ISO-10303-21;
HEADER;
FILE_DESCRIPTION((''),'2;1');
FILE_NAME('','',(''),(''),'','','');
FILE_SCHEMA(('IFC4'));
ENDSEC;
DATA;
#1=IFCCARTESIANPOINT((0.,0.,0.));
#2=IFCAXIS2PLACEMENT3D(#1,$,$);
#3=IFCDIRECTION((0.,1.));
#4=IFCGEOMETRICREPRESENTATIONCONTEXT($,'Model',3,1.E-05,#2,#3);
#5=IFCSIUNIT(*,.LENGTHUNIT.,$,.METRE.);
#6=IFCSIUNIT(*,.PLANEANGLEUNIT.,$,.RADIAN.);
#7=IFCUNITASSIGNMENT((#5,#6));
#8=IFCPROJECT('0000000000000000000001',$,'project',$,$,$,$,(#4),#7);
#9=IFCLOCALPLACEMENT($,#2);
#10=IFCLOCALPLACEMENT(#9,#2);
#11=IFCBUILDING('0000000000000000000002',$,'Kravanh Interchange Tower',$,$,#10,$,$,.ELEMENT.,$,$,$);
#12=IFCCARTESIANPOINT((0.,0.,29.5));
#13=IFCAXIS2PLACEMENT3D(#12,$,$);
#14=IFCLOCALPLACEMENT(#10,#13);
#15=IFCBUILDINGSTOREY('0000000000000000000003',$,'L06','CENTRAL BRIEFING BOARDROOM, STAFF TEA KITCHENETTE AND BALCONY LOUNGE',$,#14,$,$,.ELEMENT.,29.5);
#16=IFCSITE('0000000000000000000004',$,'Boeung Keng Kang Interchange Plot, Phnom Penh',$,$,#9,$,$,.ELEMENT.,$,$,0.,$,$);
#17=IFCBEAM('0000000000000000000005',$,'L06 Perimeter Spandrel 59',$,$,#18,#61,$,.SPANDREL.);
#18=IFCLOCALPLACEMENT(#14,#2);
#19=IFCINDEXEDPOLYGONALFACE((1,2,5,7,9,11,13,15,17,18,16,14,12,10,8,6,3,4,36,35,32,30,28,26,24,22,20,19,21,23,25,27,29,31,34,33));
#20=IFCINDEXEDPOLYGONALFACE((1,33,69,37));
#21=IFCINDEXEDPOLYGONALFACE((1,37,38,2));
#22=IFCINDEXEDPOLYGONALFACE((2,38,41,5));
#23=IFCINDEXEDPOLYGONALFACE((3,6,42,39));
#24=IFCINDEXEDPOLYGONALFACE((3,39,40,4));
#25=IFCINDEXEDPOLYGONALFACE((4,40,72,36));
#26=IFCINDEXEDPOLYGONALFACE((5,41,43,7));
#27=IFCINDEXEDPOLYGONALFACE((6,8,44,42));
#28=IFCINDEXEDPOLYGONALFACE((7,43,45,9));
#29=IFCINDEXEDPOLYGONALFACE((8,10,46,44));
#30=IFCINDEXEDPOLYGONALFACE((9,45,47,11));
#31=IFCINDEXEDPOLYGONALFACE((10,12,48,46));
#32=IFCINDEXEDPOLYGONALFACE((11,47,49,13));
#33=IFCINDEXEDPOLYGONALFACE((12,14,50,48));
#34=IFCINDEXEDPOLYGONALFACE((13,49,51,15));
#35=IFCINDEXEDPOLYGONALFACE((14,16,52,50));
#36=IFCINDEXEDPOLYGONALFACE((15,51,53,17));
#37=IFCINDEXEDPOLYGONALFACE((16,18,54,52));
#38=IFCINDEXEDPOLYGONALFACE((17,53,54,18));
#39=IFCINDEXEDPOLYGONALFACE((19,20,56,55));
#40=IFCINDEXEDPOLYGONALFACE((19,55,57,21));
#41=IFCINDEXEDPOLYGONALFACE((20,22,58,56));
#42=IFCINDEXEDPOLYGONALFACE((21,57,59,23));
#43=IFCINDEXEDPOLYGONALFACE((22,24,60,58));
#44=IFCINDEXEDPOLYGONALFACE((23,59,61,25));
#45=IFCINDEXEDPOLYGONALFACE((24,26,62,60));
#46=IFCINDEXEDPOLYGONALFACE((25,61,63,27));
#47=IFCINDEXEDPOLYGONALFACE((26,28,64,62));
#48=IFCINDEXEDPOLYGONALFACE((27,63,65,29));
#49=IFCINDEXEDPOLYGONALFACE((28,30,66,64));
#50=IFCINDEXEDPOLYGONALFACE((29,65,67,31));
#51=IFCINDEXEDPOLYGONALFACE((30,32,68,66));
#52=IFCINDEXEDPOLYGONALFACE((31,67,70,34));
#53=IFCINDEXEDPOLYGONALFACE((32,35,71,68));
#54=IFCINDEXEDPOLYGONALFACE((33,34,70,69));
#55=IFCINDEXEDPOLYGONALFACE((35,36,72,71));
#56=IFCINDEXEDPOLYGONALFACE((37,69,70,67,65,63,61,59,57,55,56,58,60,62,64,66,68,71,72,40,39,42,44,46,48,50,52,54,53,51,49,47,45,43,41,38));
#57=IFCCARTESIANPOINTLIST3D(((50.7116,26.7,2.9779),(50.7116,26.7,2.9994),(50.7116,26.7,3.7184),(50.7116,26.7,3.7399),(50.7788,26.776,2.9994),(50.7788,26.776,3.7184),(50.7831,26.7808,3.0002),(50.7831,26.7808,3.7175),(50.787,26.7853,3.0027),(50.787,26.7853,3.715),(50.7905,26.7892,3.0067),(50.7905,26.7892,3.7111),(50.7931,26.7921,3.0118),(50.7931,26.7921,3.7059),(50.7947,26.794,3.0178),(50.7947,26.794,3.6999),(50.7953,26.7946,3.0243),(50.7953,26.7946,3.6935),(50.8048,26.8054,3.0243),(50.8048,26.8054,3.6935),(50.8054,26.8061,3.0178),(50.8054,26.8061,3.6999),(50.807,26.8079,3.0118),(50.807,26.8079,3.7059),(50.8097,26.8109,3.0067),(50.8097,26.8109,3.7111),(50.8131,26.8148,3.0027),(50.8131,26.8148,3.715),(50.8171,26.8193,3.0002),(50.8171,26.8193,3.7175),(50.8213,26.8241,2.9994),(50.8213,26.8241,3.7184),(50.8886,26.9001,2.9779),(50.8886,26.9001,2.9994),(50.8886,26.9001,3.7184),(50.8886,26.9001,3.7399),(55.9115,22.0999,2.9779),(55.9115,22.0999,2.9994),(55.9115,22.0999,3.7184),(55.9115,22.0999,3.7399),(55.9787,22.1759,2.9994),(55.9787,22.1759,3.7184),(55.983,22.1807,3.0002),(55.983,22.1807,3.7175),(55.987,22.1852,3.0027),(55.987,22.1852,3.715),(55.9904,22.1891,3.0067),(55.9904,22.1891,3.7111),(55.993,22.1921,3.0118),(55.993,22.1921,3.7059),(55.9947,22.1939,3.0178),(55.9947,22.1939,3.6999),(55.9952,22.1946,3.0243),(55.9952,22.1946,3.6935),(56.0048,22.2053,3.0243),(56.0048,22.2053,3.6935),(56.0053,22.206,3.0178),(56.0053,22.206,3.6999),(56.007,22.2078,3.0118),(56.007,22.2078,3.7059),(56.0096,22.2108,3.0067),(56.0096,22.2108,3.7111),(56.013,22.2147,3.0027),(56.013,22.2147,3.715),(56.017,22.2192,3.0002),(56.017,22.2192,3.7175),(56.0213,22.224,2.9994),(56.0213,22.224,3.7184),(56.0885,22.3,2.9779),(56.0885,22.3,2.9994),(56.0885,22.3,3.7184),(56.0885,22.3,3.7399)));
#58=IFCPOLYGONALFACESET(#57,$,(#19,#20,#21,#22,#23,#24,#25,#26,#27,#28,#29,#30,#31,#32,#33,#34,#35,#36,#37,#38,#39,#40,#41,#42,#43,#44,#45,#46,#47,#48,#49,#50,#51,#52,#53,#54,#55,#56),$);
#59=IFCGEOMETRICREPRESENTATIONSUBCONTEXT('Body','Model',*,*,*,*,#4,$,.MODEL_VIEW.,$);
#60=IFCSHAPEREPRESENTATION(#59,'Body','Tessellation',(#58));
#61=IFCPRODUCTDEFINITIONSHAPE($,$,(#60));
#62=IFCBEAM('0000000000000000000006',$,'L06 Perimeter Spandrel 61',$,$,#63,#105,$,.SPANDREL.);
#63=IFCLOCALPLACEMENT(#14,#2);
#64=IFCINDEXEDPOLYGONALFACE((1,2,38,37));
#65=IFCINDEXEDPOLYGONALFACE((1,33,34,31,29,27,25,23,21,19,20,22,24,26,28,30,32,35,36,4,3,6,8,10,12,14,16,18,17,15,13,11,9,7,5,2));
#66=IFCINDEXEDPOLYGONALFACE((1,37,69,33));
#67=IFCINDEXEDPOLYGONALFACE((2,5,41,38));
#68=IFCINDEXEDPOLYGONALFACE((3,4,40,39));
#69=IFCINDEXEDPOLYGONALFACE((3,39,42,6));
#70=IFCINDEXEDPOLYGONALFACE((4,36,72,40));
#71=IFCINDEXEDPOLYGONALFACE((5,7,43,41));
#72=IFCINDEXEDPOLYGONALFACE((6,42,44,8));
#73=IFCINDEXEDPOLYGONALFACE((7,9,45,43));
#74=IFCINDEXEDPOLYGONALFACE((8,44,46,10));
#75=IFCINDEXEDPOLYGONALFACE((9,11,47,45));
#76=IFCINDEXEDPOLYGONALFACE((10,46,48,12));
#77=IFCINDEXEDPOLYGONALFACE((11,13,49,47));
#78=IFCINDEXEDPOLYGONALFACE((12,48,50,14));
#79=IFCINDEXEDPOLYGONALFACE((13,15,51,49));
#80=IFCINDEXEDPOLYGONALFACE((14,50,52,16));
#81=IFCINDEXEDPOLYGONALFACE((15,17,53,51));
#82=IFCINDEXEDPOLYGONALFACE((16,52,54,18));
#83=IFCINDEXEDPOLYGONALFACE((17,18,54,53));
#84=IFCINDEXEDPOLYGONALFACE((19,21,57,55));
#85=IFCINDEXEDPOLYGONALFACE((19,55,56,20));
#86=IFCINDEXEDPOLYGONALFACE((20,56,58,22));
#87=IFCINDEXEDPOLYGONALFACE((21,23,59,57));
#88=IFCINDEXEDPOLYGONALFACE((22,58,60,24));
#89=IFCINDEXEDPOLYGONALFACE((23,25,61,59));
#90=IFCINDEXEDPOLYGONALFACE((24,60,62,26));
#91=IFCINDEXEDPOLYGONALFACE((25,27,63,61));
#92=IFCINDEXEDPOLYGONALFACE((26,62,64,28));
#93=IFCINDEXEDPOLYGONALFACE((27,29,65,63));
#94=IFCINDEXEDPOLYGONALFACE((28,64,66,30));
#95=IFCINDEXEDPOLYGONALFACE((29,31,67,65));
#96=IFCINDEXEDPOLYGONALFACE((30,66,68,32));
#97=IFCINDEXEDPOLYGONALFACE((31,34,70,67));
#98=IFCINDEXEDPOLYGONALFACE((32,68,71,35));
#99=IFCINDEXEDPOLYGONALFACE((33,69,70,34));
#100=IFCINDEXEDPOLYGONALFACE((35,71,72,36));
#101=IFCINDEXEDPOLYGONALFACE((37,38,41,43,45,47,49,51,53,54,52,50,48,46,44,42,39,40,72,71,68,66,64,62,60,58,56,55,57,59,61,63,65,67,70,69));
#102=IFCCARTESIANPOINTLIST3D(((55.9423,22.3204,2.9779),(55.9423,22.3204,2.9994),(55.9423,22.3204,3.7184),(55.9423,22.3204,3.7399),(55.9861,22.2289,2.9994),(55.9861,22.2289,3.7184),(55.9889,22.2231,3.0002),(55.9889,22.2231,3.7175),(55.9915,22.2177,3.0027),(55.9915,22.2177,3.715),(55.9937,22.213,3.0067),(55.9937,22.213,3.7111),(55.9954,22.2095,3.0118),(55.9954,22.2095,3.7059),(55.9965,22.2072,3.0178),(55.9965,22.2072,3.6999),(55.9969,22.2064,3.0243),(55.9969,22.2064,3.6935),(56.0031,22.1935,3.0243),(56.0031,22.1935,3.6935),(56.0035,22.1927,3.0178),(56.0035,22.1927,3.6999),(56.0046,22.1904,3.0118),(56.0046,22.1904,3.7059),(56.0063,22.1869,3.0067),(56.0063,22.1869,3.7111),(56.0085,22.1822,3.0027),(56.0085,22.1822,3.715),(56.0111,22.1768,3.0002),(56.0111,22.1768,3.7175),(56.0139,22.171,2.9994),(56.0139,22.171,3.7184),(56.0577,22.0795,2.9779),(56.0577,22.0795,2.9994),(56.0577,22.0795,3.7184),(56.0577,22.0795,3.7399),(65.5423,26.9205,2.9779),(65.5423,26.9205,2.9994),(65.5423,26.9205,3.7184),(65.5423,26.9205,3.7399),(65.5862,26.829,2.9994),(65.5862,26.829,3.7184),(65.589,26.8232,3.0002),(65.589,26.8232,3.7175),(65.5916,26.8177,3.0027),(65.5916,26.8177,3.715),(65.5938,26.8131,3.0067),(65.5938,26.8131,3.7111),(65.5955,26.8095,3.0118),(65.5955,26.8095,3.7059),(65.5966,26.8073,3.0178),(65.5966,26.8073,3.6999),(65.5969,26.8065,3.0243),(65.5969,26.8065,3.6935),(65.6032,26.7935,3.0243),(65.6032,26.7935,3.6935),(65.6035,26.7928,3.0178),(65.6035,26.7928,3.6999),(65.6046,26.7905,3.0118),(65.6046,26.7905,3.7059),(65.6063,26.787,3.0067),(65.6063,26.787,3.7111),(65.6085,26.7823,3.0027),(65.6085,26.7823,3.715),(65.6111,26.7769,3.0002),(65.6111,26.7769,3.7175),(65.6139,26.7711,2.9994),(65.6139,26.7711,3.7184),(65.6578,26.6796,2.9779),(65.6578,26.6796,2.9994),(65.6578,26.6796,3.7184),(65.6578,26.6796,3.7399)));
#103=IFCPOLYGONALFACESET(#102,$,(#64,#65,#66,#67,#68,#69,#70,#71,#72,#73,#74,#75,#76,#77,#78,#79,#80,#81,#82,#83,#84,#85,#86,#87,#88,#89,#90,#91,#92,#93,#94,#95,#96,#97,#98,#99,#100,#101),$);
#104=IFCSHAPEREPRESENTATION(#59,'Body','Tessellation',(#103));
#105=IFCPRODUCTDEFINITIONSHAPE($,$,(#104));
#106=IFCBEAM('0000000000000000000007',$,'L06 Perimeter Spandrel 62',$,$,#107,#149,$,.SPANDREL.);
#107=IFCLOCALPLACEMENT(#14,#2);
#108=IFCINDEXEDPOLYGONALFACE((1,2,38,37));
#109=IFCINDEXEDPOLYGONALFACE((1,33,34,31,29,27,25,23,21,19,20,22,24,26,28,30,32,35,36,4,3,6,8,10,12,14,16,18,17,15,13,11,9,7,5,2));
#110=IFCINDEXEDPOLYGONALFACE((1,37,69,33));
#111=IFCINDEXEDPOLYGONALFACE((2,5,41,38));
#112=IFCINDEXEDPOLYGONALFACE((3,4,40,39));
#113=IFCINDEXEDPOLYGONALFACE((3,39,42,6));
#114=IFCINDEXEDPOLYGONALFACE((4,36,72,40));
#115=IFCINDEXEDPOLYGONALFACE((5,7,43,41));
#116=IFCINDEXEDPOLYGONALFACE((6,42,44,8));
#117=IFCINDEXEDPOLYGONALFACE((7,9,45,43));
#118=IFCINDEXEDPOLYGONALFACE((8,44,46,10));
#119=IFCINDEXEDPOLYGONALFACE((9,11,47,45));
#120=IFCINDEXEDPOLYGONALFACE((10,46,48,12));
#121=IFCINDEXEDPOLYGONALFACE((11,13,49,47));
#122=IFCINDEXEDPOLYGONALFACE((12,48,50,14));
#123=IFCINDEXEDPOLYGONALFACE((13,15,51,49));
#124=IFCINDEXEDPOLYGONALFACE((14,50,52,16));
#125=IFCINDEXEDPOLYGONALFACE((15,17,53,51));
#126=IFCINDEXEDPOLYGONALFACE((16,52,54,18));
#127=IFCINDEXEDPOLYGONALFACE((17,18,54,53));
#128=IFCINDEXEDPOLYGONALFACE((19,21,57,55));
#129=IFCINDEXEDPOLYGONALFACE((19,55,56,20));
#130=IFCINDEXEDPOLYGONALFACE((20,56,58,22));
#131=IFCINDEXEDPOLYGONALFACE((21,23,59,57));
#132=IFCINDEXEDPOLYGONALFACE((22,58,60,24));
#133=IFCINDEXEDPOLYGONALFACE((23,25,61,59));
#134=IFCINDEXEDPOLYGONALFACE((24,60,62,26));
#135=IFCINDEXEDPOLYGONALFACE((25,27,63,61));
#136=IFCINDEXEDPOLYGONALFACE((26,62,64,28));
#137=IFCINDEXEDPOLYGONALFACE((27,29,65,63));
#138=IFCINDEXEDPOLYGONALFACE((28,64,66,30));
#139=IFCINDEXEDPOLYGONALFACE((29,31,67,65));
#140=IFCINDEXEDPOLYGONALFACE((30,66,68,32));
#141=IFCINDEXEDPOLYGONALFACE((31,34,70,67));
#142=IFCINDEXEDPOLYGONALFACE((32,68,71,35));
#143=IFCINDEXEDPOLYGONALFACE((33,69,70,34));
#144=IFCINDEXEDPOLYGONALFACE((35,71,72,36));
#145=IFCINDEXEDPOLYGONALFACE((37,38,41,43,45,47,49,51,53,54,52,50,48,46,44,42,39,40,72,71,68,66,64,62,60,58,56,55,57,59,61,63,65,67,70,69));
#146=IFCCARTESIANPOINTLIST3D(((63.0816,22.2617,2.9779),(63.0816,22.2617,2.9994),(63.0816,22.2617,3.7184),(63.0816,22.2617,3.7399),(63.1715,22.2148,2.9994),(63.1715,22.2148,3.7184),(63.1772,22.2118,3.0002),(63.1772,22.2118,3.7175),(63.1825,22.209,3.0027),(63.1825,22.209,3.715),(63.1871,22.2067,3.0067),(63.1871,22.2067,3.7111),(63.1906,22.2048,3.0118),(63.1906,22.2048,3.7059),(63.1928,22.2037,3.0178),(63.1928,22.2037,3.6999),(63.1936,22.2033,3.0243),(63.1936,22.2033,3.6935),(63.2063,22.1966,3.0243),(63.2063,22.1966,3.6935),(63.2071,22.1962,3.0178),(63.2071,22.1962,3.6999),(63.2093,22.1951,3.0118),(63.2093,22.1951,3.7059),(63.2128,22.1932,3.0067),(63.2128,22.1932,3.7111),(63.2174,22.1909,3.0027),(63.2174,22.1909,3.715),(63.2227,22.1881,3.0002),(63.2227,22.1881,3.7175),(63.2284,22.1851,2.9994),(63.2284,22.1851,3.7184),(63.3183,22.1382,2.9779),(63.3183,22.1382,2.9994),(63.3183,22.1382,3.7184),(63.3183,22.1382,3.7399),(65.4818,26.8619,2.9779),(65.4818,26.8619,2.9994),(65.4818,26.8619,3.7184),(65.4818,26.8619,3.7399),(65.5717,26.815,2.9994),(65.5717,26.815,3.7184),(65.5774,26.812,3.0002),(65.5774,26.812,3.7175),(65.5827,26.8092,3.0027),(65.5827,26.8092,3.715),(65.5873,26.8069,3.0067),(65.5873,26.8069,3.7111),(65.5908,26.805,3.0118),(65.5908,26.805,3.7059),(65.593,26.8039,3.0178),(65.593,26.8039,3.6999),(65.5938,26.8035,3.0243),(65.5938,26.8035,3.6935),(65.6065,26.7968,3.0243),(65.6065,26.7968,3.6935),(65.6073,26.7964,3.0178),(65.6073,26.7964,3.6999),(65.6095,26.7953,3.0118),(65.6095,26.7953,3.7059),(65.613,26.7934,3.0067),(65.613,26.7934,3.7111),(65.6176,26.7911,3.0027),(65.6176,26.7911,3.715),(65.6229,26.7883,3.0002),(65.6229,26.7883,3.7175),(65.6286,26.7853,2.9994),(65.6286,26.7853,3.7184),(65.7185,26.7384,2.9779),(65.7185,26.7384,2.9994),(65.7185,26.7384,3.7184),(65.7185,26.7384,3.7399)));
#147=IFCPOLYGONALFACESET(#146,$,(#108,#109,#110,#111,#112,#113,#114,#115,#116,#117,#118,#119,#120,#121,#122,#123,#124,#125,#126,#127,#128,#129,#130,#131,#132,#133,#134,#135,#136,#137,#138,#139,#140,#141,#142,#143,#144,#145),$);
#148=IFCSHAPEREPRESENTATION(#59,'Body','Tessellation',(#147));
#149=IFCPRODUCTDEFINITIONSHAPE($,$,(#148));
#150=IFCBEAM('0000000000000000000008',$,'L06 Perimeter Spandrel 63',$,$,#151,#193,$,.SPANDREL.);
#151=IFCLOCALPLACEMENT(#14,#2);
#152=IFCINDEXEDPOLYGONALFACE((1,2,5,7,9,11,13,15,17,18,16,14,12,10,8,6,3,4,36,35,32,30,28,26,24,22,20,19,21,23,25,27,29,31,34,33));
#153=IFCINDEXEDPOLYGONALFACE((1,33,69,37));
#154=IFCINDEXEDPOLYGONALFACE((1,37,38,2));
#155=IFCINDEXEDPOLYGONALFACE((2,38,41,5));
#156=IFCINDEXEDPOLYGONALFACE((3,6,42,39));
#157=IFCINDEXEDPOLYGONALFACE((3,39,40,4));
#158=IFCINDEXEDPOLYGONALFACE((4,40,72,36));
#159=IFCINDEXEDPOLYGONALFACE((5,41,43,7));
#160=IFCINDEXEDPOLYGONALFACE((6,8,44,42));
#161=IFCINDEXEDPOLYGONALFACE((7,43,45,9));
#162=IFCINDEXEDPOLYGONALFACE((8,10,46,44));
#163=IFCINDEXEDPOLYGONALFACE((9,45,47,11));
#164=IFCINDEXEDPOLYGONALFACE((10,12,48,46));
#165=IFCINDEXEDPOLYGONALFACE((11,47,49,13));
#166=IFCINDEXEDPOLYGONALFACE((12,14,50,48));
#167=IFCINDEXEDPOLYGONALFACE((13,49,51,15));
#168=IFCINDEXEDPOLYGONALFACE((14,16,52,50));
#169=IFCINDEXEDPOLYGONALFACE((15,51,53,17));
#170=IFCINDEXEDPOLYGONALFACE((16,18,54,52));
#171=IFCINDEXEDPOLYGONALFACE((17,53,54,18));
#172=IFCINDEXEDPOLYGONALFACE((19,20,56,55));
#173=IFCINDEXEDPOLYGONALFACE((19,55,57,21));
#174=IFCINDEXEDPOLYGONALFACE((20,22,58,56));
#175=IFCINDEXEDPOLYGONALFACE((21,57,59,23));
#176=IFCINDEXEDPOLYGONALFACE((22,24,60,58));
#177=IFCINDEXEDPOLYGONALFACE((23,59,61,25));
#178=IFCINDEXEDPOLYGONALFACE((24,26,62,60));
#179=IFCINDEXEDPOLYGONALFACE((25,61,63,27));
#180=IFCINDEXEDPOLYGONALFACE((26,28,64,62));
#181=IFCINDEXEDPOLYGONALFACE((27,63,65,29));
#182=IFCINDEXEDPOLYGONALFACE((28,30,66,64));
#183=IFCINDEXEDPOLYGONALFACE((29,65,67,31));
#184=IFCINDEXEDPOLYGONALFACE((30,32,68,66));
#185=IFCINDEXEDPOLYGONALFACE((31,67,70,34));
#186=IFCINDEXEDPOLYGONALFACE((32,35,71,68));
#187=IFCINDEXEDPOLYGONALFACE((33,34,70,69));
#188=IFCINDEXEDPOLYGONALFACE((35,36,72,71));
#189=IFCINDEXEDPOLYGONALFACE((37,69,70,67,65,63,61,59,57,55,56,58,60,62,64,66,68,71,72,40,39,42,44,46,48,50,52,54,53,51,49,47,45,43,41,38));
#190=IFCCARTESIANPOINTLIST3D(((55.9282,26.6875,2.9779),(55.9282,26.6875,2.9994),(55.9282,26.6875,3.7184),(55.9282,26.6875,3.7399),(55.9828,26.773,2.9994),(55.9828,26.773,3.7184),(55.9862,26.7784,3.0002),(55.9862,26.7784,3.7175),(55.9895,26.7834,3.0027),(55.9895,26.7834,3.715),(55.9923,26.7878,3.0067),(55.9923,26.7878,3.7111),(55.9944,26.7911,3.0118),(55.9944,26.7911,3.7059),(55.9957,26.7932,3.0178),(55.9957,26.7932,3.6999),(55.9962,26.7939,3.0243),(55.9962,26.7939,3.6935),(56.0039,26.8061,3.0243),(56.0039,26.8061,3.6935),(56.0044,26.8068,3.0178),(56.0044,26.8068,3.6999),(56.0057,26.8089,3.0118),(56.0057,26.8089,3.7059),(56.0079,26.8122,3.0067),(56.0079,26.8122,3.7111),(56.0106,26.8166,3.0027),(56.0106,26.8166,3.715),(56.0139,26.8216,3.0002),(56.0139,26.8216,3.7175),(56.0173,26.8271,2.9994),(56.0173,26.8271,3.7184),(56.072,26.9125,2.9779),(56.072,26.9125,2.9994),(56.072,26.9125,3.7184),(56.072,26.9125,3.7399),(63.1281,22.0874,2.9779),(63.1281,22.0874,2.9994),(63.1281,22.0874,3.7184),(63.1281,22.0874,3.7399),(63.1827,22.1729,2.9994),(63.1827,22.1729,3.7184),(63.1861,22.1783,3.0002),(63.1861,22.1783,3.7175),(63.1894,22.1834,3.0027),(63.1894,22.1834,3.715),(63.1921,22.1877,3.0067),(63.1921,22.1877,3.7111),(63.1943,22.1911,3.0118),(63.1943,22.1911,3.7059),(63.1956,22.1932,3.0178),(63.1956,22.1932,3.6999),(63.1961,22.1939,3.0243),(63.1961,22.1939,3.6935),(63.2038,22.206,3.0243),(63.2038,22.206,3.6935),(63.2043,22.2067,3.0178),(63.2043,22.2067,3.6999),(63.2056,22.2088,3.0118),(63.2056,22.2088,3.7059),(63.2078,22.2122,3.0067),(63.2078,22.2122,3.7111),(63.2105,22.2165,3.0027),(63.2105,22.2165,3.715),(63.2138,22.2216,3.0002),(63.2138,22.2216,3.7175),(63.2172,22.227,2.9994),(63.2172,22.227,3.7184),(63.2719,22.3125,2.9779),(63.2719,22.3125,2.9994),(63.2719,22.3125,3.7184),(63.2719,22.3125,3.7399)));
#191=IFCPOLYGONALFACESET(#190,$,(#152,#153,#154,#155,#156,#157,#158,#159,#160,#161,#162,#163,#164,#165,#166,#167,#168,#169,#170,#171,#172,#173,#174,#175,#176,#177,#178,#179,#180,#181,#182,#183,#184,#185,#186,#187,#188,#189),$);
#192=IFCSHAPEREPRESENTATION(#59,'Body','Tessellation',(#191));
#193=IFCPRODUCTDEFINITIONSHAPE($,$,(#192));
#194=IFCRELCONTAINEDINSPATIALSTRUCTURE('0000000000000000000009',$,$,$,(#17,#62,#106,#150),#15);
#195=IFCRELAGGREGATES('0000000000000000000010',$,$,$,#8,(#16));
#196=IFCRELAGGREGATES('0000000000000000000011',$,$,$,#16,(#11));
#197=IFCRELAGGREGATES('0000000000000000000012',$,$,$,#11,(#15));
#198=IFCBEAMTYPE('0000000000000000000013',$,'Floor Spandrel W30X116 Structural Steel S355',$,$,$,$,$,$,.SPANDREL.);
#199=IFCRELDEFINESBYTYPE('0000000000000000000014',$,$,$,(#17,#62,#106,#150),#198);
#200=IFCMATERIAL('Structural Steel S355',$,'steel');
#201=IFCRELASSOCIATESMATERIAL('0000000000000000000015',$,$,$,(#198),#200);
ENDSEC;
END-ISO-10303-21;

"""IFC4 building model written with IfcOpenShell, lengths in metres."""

from ifc_helpers import new_model, si_unit, direction, frame, origin, origin_2d, place, context, subcontext, project, spatial, i_section, extrude, material, material_profile, profile_set, type_object, element, save


model = new_model("IFC4")

# Units and contexts
model_context = context("Model", 3, precision=1e-05, world=origin(), true_north=direction((0.0, 1.0)))
body_context = subcontext(model_context, "Body", "Model", "MODEL_VIEW")
ifc_project = project(units=[si_unit("LENGTHUNIT", "METRE"), si_unit("PLANEANGLEUNIT", "RADIAN")], contexts=[model_context])

# Site, building, storey
site_placement = place(None, origin())
site = spatial("IfcSite", under=ifc_project, at=site_placement, Name="Boeung Keng Kang Interchange Plot, Phnom Penh", CompositionType="ELEMENT", RefElevation=0.0)
building_placement = place(site_placement, origin())
building = spatial("IfcBuilding", under=site, at=building_placement, Name="Kravanh Interchange Tower", CompositionType="ELEMENT")
storey_placement = place(building_placement, frame((0.0, 0.0, 29.5)))
storey = spatial("IfcBuildingStorey", under=building, at=storey_placement, Name="L06", Description="CENTRAL BRIEFING BOARDROOM, STAFF TEA KITCHENETTE AND BALCONY LOUNGE", CompositionType="ELEMENT", Elevation=29.5)

# Beams
ifc_material_1 = material(Name="Structural Steel S355", Category="steel")
ifc_material_profile_1 = material_profile(ifc_material_1, i_section(OverallWidth=0.2671, OverallDepth=0.762, WebThickness=0.0144, FlangeThickness=0.0215, FilletRadius=0.0249, at=origin_2d()), Name="W30X116")
ifc_profile_set_1 = profile_set([ifc_material_profile_1], Name="Structural Steel S355")
beam_type_1 = type_object("IfcBeamType", Name="Floor Spandrel W30X116 Structural Steel S355", PredefinedType="SPANDREL", material=ifc_profile_set_1)
beam_1_placement = place(storey_placement, frame((56.0, 22.2, 3.3589), z_axis=(-0.748986, 0.662585, 0.0), x_axis=(-0.662585, -0.748986, 0.0)))
element("IfcBeam", 1, at=beam_1_placement, inside=storey, type_object=beam_type_1, Name="L06 Perimeter Spandrel 59", PredefinedType="SPANDREL", context=body_context, shape_type="SweptSolid", body=[
    extrude(i_section(OverallWidth=0.2671, OverallDepth=0.762, WebThickness=0.0144, FlangeThickness=0.0215, FilletRadius=0.0249, at=origin_2d()), origin(), (0.0, 0.0, 1.0), 6.9426),
])
beam_2_placement = place(storey_placement, frame((56.0, 22.2, 3.3589), z_axis=(0.901814, 0.432124, 0.0), x_axis=(-0.432124, 0.901814, 0.0)))
element("IfcBeam", 2, at=beam_2_placement, inside=storey, type_object=beam_type_1, Name="L06 Perimeter Spandrel 61", PredefinedType="SPANDREL", context=body_context, shape_type="SweptSolid", body=[
    extrude(i_section(OverallWidth=0.2671, OverallDepth=0.762, WebThickness=0.0144, FlangeThickness=0.0215, FilletRadius=0.0249, at=origin_2d()), origin(), (0.0, 0.0, 1.0), 10.6453),
])
beam_3_placement = place(storey_placement, frame((63.2, 22.2, 3.3589), z_axis=(0.46258, 0.886577, 0.0), x_axis=(-0.886577, 0.46258, 0.0)))
element("IfcBeam", 3, at=beam_3_placement, inside=storey, type_object=beam_type_1, Name="L06 Perimeter Spandrel 62", PredefinedType="SPANDREL", context=body_context, shape_type="SweptSolid", body=[
    extrude(i_section(OverallWidth=0.2671, OverallDepth=0.762, WebThickness=0.0144, FlangeThickness=0.0215, FilletRadius=0.0249, at=origin_2d()), origin(), (0.0, 0.0, 1.0), 5.1887),
])
beam_4_placement = place(storey_placement, frame((63.2, 22.2, 3.3589), z_axis=(-0.842689, 0.5384, 0.0), x_axis=(-0.5384, -0.842689, 0.0)))
element("IfcBeam", 4, at=beam_4_placement, inside=storey, type_object=beam_type_1, Name="L06 Perimeter Spandrel 63", PredefinedType="SPANDREL", context=body_context, shape_type="SweptSolid", body=[
    extrude(i_section(OverallWidth=0.2671, OverallDepth=0.762, WebThickness=0.0144, FlangeThickness=0.0215, FilletRadius=0.0249, at=origin_2d()), origin(), (0.0, 0.0, 1.0), 8.5439),
])

save(model, "model.ifc")
